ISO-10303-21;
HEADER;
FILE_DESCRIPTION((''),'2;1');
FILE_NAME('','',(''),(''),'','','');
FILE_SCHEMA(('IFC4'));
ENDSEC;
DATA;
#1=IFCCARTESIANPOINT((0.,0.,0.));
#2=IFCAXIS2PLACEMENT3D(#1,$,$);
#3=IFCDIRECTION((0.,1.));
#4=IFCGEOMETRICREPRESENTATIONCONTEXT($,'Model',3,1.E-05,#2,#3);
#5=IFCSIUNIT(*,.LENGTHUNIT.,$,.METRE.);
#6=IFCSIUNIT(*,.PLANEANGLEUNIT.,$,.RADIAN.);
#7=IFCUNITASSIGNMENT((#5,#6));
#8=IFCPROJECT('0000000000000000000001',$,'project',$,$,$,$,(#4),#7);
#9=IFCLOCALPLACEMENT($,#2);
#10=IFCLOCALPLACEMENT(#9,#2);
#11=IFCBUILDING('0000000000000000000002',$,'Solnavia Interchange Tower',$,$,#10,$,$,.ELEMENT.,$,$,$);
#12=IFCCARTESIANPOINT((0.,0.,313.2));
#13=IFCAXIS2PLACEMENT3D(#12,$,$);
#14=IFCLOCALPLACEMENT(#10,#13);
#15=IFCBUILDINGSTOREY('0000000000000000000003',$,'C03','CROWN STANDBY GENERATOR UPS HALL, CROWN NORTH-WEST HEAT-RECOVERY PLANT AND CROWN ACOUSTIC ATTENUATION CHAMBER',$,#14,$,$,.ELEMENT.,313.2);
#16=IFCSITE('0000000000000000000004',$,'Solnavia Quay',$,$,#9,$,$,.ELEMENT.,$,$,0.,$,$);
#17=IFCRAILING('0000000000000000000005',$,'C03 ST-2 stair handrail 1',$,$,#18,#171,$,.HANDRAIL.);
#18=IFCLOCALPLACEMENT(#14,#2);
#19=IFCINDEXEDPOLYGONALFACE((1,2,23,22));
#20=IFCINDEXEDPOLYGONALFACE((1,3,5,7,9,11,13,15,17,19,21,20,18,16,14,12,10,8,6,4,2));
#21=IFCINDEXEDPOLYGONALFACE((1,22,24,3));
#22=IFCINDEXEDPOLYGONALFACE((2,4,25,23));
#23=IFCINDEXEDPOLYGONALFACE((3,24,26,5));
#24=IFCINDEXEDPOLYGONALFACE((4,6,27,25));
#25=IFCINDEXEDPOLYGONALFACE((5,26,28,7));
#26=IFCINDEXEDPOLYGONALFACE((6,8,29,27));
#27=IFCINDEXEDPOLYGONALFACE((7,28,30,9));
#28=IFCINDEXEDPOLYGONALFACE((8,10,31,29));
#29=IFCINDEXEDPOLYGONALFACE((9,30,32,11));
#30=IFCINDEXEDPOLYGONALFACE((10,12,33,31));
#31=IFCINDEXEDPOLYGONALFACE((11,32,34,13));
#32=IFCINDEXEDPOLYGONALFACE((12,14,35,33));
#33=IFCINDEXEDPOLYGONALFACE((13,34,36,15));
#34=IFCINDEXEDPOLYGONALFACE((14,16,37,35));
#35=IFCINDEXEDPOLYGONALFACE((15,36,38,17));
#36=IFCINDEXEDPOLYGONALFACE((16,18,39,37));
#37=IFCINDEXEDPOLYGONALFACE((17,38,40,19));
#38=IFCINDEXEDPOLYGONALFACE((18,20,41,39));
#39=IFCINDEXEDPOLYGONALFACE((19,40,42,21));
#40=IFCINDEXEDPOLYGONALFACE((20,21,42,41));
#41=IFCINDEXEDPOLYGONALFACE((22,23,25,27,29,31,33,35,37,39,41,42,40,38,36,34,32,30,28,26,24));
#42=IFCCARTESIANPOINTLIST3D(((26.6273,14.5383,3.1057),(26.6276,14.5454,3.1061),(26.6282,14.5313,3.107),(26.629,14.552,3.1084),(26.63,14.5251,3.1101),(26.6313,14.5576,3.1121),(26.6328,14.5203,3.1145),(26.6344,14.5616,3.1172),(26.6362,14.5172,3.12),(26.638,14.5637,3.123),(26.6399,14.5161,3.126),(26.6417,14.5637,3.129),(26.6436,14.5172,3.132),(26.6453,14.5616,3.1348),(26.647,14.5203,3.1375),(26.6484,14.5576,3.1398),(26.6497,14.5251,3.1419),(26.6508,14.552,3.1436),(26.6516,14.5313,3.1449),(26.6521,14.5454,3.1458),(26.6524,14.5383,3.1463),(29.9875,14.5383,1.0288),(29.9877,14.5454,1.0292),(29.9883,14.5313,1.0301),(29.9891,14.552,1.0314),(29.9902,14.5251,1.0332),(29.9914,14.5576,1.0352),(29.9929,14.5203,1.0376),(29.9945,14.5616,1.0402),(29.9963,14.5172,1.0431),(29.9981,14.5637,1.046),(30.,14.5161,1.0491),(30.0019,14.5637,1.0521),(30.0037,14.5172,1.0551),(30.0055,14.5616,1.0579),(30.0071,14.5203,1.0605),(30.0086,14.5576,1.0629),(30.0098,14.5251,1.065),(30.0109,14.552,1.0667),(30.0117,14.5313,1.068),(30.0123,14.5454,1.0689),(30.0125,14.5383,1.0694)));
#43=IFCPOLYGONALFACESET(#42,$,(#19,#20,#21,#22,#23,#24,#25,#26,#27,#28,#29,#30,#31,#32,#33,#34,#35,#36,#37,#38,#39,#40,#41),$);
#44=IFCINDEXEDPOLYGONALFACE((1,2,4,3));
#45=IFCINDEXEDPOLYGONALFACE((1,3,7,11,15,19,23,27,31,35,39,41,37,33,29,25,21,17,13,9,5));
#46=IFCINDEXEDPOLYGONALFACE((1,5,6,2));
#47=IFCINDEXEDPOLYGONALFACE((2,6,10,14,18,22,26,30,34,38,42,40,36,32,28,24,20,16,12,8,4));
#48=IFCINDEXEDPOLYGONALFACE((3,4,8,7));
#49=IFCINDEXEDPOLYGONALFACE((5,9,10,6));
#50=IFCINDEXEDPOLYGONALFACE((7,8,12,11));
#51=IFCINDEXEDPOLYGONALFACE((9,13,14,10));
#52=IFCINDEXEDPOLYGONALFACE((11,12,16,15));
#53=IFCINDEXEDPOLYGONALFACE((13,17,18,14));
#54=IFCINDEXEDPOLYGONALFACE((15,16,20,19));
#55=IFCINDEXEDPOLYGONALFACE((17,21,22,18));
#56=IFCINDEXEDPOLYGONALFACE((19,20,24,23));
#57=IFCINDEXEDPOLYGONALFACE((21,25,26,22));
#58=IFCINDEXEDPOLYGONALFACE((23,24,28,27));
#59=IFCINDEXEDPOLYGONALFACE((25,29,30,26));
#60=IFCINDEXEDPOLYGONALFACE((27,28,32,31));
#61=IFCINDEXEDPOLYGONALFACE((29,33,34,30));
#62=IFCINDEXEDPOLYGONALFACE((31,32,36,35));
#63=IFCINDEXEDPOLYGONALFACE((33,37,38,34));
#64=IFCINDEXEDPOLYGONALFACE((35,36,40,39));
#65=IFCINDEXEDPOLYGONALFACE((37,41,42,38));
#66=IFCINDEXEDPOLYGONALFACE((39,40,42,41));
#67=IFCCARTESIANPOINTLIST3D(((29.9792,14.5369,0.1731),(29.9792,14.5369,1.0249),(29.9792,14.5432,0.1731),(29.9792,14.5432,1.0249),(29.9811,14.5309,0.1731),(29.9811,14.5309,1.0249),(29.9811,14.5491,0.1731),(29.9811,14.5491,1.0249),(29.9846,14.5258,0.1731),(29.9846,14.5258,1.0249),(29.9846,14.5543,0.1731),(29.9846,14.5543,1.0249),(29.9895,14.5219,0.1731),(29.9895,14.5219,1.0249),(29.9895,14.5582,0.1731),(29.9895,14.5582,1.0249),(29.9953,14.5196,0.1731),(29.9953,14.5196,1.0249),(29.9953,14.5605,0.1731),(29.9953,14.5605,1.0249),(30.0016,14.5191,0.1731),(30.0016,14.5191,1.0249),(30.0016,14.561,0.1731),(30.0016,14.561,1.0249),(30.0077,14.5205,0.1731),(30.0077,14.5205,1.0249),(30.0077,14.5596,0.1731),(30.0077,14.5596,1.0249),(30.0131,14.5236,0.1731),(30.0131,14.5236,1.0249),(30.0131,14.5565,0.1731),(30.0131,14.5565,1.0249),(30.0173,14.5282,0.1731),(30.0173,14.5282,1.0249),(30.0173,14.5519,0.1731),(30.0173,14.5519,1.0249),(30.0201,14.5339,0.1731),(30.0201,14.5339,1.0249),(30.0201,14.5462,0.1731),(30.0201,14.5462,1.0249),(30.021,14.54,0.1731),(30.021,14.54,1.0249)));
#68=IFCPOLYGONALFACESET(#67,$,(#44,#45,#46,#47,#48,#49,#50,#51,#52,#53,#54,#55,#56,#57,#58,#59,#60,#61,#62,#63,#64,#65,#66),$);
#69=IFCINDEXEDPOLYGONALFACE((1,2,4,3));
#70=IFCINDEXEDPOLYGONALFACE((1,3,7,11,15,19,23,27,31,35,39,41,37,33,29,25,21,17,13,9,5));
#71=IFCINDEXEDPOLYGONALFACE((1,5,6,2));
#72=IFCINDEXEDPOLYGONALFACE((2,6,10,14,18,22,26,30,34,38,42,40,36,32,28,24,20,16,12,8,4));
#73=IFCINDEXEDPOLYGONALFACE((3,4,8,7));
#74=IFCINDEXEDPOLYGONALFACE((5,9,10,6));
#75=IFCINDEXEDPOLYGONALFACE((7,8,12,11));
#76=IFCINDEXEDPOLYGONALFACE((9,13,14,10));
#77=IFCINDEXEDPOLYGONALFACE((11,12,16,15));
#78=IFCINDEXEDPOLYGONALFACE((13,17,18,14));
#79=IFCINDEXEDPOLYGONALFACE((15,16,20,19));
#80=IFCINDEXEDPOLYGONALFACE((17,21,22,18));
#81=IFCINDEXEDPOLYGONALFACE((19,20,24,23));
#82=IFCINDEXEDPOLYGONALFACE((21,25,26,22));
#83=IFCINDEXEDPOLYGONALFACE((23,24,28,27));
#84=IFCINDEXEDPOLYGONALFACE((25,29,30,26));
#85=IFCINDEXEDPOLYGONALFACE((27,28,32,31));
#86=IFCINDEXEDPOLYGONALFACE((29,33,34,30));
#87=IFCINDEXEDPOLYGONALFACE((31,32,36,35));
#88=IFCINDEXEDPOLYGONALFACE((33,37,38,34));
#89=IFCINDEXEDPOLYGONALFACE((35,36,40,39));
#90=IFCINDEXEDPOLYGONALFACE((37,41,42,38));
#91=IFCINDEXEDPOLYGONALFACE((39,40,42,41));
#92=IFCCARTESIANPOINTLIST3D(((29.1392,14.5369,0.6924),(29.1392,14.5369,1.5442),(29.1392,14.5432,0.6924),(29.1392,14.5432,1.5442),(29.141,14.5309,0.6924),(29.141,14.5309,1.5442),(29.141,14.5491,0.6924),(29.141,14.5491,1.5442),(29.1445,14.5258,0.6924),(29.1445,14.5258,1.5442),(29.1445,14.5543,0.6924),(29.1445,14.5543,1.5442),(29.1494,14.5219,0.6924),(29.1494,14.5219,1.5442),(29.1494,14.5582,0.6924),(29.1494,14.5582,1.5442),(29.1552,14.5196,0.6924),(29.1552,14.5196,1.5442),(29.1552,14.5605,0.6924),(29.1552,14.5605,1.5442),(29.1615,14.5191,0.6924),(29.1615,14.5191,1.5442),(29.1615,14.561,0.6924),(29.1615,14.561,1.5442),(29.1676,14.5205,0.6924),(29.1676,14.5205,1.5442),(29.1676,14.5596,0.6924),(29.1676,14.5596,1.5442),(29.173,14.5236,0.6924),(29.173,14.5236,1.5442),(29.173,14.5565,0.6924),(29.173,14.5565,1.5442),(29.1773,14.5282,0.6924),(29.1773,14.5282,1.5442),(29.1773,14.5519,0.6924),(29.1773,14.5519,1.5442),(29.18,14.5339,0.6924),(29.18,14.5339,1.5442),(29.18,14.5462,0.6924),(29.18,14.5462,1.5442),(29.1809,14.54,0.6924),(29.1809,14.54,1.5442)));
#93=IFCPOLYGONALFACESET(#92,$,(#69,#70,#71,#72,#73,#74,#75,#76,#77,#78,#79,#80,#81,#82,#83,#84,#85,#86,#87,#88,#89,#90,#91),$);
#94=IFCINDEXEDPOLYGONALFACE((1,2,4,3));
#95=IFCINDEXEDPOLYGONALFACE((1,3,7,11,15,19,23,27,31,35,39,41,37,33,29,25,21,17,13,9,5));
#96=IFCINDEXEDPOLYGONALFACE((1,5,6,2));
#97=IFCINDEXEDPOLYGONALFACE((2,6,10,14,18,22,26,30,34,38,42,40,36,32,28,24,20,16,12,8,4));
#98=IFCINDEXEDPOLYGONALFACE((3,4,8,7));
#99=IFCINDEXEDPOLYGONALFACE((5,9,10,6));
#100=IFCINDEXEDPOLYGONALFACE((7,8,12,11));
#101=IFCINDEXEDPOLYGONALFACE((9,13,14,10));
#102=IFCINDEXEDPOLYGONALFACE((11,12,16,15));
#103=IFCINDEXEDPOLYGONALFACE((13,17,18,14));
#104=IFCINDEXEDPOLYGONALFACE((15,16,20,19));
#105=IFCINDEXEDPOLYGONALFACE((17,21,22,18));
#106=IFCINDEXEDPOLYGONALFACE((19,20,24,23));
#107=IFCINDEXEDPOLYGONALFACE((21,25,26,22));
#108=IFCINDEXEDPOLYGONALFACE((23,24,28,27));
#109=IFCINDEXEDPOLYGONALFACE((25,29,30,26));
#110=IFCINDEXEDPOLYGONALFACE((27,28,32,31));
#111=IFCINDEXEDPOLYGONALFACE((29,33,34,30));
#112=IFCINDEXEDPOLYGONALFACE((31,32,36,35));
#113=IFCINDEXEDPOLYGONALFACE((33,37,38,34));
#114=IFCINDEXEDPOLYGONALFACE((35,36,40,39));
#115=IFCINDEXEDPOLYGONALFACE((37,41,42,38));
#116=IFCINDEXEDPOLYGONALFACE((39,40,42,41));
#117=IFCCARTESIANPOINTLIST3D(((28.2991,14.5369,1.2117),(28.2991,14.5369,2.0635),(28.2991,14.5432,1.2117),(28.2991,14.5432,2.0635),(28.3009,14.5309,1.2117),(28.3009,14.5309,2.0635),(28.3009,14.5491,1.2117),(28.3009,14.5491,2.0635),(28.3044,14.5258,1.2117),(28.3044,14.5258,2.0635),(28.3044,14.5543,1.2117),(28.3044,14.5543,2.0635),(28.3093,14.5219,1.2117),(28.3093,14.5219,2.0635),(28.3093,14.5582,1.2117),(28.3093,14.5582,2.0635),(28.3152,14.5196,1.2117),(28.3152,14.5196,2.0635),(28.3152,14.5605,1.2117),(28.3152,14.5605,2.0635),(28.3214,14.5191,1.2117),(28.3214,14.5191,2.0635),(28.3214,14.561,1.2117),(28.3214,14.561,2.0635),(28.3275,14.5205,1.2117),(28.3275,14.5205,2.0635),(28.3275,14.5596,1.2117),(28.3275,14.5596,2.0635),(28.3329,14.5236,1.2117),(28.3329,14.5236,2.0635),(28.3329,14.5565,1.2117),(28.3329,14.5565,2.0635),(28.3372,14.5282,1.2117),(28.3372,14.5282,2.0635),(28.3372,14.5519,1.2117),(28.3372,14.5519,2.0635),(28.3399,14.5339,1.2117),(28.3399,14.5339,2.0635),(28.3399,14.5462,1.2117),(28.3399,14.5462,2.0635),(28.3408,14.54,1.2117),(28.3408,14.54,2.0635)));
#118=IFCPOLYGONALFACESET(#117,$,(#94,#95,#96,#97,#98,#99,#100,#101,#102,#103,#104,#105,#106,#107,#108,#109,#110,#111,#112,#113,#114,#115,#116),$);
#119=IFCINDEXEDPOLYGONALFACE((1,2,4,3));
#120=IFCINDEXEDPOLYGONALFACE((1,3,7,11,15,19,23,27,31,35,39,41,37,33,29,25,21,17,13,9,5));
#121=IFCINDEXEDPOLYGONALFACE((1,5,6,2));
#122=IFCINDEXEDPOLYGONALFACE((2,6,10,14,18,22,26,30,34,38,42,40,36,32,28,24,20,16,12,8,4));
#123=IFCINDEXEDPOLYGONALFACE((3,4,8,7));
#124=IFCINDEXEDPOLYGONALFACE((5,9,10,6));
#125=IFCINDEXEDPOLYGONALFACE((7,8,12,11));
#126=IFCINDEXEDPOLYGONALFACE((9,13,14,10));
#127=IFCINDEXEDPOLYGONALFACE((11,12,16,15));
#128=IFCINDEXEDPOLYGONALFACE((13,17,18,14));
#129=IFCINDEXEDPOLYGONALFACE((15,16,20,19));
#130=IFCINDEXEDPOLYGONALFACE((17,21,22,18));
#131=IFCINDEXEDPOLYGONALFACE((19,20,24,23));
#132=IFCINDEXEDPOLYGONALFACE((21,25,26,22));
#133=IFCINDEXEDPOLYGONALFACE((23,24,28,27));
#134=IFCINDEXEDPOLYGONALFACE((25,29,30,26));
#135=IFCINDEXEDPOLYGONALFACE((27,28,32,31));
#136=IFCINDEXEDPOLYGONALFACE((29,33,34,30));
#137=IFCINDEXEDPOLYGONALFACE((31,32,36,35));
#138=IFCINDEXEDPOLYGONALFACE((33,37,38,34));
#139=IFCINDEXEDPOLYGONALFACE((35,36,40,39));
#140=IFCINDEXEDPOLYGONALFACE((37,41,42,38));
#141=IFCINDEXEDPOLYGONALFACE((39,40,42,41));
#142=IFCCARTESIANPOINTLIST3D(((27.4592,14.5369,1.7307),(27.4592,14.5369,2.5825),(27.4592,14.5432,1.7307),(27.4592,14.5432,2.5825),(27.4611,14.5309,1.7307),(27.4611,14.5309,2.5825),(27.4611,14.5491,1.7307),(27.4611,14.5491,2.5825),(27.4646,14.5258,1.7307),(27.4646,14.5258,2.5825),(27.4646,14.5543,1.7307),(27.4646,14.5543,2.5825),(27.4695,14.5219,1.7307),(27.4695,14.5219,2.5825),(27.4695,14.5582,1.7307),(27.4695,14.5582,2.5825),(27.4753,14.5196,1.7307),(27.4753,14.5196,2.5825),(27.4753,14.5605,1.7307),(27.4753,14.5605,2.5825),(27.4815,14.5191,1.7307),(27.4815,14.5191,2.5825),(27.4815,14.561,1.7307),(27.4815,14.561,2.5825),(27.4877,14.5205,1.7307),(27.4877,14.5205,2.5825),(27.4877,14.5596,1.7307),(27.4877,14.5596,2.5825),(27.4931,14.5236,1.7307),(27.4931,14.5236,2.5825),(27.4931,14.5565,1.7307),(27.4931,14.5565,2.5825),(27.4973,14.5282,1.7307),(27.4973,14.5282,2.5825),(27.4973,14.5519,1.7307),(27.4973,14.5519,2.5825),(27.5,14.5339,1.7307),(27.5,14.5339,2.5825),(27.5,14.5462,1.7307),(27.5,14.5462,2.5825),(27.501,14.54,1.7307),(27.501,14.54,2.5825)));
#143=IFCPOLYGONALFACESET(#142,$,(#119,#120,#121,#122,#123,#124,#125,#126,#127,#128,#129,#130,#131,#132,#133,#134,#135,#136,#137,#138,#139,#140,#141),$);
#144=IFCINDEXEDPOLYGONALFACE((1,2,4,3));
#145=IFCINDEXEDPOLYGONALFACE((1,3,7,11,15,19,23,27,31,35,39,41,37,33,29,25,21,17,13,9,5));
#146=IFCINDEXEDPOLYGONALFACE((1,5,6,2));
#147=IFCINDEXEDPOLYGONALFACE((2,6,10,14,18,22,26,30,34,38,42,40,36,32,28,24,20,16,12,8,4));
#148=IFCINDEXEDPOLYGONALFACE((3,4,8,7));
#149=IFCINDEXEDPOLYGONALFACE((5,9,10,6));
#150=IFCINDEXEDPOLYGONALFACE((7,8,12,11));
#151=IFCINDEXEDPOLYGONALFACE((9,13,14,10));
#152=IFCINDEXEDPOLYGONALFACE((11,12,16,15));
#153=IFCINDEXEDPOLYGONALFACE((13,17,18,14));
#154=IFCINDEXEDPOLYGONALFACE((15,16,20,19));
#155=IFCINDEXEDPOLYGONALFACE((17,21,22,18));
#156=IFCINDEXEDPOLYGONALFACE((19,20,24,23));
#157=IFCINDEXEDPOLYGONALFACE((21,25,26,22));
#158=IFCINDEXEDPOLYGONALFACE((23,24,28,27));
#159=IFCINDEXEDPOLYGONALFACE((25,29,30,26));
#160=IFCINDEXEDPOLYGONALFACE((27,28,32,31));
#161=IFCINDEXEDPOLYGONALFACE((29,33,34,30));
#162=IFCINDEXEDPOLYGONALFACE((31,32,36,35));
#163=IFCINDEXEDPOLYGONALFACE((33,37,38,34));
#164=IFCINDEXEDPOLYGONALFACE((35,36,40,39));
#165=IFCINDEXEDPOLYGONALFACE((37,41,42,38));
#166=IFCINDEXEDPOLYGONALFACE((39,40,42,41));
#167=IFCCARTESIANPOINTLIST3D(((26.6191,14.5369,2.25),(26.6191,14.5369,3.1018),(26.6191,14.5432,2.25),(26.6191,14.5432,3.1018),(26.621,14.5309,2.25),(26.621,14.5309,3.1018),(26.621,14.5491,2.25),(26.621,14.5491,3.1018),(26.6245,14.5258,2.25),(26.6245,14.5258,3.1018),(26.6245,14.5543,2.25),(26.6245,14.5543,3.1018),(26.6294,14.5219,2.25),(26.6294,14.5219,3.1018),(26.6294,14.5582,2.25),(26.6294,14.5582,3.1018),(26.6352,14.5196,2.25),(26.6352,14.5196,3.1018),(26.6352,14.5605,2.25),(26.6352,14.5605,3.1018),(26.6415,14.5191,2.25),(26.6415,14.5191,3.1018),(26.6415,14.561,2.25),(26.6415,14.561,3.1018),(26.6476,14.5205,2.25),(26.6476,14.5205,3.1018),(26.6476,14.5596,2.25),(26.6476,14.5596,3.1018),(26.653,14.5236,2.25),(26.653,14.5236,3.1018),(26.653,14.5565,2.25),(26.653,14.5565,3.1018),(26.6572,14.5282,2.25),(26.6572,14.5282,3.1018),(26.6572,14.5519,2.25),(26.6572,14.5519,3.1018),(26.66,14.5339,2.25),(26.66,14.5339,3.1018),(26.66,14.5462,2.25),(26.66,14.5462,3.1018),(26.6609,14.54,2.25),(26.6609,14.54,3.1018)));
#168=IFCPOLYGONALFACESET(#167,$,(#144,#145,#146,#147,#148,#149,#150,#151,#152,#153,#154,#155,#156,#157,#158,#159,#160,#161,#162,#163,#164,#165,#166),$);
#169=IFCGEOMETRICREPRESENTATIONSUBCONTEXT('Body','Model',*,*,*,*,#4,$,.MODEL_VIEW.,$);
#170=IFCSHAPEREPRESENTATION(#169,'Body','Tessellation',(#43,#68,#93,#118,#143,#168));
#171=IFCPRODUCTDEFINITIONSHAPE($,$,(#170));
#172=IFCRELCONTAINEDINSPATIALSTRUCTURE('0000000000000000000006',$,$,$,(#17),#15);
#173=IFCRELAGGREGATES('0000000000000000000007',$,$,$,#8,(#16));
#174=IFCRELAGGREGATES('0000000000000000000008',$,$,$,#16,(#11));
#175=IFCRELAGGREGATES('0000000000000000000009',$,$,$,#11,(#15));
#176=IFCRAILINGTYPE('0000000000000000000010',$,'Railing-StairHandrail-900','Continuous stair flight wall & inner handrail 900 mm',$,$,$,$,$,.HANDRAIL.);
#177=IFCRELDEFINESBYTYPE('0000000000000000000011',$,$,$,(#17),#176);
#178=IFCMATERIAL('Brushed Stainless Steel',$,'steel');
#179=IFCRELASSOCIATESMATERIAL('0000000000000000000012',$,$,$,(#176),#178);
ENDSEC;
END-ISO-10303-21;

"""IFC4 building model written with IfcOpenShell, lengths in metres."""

from ifc_helpers import new_model, si_unit, direction, frame, origin, origin_2d, place, context, subcontext, project, spatial, circle, extrude, material, type_object, element, save


model = new_model("IFC4")

# Units and contexts
model_context = context("Model", 3, precision=1e-05, world=origin(), true_north=direction((0.0, 1.0)))
body_context = subcontext(model_context, "Body", "Model", "MODEL_VIEW")
ifc_project = project(units=[si_unit("LENGTHUNIT", "METRE"), si_unit("PLANEANGLEUNIT", "RADIAN")], contexts=[model_context])

# Site, building, storey
site_placement = place(None, origin())
site = spatial("IfcSite", under=ifc_project, at=site_placement, Name="Solnavia Quay", CompositionType="ELEMENT", RefElevation=0.0)
building_placement = place(site_placement, origin())
building = spatial("IfcBuilding", under=site, at=building_placement, Name="Solnavia Interchange Tower", CompositionType="ELEMENT")
storey_placement = place(building_placement, frame((0.0, 0.0, 313.2)))
storey = spatial("IfcBuildingStorey", under=building, at=storey_placement, Name="C03", Description="CROWN STANDBY GENERATOR UPS HALL, CROWN NORTH-WEST HEAT-RECOVERY PLANT AND CROWN ACOUSTIC ATTENUATION CHAMBER", CompositionType="ELEMENT", Elevation=313.2)

# Railing
ifc_material_1 = material(Name="Brushed Stainless Steel", Category="steel")
railing_type_1 = type_object("IfcRailingType", Name="Railing-StairHandrail-900", Description="Continuous stair flight wall & inner handrail 900 mm", PredefinedType="HANDRAIL", material=ifc_material_1)
railing_1_placement = place(storey_placement, frame((30.0, 14.54, 0.1731)))
element("IfcRailing", 1, at=railing_1_placement, inside=storey, type_object=railing_type_1, Name="C03 ST-2 stair handrail 1", PredefinedType="HANDRAIL", context=body_context, shape_type="SweptSolid", body=[
    extrude(circle(Radius=0.0239, at=origin_2d()), frame((0.0, 0.0, 0.876), z_axis=(-0.850623, 0.0, 0.525776), x_axis=(0.0, -1.0, 0.0)), (0.0, 0.0, 1.0), 3.9502),
    extrude(circle(Radius=0.021, at=origin_2d()), origin(), (0.0, 0.0, 1.0), 0.8518),
    extrude(circle(Radius=0.021, at=origin_2d()), frame((-0.8401, 0.0, 0.5193)), (0.0, 0.0, 1.0), 0.8518),
    extrude(circle(Radius=0.021, at=origin_2d()), frame((-1.6802, 0.0, 1.0386)), (0.0, 0.0, 1.0), 0.8518),
    extrude(circle(Radius=0.021, at=origin_2d()), frame((-2.52, 0.0, 1.5576)), (0.0, 0.0, 1.0), 0.8518),
    extrude(circle(Radius=0.021, at=origin_2d()), frame((-3.3601, 0.0, 2.0769)), (0.0, 0.0, 1.0), 0.8518),
])

save(model, "model.ifc")
